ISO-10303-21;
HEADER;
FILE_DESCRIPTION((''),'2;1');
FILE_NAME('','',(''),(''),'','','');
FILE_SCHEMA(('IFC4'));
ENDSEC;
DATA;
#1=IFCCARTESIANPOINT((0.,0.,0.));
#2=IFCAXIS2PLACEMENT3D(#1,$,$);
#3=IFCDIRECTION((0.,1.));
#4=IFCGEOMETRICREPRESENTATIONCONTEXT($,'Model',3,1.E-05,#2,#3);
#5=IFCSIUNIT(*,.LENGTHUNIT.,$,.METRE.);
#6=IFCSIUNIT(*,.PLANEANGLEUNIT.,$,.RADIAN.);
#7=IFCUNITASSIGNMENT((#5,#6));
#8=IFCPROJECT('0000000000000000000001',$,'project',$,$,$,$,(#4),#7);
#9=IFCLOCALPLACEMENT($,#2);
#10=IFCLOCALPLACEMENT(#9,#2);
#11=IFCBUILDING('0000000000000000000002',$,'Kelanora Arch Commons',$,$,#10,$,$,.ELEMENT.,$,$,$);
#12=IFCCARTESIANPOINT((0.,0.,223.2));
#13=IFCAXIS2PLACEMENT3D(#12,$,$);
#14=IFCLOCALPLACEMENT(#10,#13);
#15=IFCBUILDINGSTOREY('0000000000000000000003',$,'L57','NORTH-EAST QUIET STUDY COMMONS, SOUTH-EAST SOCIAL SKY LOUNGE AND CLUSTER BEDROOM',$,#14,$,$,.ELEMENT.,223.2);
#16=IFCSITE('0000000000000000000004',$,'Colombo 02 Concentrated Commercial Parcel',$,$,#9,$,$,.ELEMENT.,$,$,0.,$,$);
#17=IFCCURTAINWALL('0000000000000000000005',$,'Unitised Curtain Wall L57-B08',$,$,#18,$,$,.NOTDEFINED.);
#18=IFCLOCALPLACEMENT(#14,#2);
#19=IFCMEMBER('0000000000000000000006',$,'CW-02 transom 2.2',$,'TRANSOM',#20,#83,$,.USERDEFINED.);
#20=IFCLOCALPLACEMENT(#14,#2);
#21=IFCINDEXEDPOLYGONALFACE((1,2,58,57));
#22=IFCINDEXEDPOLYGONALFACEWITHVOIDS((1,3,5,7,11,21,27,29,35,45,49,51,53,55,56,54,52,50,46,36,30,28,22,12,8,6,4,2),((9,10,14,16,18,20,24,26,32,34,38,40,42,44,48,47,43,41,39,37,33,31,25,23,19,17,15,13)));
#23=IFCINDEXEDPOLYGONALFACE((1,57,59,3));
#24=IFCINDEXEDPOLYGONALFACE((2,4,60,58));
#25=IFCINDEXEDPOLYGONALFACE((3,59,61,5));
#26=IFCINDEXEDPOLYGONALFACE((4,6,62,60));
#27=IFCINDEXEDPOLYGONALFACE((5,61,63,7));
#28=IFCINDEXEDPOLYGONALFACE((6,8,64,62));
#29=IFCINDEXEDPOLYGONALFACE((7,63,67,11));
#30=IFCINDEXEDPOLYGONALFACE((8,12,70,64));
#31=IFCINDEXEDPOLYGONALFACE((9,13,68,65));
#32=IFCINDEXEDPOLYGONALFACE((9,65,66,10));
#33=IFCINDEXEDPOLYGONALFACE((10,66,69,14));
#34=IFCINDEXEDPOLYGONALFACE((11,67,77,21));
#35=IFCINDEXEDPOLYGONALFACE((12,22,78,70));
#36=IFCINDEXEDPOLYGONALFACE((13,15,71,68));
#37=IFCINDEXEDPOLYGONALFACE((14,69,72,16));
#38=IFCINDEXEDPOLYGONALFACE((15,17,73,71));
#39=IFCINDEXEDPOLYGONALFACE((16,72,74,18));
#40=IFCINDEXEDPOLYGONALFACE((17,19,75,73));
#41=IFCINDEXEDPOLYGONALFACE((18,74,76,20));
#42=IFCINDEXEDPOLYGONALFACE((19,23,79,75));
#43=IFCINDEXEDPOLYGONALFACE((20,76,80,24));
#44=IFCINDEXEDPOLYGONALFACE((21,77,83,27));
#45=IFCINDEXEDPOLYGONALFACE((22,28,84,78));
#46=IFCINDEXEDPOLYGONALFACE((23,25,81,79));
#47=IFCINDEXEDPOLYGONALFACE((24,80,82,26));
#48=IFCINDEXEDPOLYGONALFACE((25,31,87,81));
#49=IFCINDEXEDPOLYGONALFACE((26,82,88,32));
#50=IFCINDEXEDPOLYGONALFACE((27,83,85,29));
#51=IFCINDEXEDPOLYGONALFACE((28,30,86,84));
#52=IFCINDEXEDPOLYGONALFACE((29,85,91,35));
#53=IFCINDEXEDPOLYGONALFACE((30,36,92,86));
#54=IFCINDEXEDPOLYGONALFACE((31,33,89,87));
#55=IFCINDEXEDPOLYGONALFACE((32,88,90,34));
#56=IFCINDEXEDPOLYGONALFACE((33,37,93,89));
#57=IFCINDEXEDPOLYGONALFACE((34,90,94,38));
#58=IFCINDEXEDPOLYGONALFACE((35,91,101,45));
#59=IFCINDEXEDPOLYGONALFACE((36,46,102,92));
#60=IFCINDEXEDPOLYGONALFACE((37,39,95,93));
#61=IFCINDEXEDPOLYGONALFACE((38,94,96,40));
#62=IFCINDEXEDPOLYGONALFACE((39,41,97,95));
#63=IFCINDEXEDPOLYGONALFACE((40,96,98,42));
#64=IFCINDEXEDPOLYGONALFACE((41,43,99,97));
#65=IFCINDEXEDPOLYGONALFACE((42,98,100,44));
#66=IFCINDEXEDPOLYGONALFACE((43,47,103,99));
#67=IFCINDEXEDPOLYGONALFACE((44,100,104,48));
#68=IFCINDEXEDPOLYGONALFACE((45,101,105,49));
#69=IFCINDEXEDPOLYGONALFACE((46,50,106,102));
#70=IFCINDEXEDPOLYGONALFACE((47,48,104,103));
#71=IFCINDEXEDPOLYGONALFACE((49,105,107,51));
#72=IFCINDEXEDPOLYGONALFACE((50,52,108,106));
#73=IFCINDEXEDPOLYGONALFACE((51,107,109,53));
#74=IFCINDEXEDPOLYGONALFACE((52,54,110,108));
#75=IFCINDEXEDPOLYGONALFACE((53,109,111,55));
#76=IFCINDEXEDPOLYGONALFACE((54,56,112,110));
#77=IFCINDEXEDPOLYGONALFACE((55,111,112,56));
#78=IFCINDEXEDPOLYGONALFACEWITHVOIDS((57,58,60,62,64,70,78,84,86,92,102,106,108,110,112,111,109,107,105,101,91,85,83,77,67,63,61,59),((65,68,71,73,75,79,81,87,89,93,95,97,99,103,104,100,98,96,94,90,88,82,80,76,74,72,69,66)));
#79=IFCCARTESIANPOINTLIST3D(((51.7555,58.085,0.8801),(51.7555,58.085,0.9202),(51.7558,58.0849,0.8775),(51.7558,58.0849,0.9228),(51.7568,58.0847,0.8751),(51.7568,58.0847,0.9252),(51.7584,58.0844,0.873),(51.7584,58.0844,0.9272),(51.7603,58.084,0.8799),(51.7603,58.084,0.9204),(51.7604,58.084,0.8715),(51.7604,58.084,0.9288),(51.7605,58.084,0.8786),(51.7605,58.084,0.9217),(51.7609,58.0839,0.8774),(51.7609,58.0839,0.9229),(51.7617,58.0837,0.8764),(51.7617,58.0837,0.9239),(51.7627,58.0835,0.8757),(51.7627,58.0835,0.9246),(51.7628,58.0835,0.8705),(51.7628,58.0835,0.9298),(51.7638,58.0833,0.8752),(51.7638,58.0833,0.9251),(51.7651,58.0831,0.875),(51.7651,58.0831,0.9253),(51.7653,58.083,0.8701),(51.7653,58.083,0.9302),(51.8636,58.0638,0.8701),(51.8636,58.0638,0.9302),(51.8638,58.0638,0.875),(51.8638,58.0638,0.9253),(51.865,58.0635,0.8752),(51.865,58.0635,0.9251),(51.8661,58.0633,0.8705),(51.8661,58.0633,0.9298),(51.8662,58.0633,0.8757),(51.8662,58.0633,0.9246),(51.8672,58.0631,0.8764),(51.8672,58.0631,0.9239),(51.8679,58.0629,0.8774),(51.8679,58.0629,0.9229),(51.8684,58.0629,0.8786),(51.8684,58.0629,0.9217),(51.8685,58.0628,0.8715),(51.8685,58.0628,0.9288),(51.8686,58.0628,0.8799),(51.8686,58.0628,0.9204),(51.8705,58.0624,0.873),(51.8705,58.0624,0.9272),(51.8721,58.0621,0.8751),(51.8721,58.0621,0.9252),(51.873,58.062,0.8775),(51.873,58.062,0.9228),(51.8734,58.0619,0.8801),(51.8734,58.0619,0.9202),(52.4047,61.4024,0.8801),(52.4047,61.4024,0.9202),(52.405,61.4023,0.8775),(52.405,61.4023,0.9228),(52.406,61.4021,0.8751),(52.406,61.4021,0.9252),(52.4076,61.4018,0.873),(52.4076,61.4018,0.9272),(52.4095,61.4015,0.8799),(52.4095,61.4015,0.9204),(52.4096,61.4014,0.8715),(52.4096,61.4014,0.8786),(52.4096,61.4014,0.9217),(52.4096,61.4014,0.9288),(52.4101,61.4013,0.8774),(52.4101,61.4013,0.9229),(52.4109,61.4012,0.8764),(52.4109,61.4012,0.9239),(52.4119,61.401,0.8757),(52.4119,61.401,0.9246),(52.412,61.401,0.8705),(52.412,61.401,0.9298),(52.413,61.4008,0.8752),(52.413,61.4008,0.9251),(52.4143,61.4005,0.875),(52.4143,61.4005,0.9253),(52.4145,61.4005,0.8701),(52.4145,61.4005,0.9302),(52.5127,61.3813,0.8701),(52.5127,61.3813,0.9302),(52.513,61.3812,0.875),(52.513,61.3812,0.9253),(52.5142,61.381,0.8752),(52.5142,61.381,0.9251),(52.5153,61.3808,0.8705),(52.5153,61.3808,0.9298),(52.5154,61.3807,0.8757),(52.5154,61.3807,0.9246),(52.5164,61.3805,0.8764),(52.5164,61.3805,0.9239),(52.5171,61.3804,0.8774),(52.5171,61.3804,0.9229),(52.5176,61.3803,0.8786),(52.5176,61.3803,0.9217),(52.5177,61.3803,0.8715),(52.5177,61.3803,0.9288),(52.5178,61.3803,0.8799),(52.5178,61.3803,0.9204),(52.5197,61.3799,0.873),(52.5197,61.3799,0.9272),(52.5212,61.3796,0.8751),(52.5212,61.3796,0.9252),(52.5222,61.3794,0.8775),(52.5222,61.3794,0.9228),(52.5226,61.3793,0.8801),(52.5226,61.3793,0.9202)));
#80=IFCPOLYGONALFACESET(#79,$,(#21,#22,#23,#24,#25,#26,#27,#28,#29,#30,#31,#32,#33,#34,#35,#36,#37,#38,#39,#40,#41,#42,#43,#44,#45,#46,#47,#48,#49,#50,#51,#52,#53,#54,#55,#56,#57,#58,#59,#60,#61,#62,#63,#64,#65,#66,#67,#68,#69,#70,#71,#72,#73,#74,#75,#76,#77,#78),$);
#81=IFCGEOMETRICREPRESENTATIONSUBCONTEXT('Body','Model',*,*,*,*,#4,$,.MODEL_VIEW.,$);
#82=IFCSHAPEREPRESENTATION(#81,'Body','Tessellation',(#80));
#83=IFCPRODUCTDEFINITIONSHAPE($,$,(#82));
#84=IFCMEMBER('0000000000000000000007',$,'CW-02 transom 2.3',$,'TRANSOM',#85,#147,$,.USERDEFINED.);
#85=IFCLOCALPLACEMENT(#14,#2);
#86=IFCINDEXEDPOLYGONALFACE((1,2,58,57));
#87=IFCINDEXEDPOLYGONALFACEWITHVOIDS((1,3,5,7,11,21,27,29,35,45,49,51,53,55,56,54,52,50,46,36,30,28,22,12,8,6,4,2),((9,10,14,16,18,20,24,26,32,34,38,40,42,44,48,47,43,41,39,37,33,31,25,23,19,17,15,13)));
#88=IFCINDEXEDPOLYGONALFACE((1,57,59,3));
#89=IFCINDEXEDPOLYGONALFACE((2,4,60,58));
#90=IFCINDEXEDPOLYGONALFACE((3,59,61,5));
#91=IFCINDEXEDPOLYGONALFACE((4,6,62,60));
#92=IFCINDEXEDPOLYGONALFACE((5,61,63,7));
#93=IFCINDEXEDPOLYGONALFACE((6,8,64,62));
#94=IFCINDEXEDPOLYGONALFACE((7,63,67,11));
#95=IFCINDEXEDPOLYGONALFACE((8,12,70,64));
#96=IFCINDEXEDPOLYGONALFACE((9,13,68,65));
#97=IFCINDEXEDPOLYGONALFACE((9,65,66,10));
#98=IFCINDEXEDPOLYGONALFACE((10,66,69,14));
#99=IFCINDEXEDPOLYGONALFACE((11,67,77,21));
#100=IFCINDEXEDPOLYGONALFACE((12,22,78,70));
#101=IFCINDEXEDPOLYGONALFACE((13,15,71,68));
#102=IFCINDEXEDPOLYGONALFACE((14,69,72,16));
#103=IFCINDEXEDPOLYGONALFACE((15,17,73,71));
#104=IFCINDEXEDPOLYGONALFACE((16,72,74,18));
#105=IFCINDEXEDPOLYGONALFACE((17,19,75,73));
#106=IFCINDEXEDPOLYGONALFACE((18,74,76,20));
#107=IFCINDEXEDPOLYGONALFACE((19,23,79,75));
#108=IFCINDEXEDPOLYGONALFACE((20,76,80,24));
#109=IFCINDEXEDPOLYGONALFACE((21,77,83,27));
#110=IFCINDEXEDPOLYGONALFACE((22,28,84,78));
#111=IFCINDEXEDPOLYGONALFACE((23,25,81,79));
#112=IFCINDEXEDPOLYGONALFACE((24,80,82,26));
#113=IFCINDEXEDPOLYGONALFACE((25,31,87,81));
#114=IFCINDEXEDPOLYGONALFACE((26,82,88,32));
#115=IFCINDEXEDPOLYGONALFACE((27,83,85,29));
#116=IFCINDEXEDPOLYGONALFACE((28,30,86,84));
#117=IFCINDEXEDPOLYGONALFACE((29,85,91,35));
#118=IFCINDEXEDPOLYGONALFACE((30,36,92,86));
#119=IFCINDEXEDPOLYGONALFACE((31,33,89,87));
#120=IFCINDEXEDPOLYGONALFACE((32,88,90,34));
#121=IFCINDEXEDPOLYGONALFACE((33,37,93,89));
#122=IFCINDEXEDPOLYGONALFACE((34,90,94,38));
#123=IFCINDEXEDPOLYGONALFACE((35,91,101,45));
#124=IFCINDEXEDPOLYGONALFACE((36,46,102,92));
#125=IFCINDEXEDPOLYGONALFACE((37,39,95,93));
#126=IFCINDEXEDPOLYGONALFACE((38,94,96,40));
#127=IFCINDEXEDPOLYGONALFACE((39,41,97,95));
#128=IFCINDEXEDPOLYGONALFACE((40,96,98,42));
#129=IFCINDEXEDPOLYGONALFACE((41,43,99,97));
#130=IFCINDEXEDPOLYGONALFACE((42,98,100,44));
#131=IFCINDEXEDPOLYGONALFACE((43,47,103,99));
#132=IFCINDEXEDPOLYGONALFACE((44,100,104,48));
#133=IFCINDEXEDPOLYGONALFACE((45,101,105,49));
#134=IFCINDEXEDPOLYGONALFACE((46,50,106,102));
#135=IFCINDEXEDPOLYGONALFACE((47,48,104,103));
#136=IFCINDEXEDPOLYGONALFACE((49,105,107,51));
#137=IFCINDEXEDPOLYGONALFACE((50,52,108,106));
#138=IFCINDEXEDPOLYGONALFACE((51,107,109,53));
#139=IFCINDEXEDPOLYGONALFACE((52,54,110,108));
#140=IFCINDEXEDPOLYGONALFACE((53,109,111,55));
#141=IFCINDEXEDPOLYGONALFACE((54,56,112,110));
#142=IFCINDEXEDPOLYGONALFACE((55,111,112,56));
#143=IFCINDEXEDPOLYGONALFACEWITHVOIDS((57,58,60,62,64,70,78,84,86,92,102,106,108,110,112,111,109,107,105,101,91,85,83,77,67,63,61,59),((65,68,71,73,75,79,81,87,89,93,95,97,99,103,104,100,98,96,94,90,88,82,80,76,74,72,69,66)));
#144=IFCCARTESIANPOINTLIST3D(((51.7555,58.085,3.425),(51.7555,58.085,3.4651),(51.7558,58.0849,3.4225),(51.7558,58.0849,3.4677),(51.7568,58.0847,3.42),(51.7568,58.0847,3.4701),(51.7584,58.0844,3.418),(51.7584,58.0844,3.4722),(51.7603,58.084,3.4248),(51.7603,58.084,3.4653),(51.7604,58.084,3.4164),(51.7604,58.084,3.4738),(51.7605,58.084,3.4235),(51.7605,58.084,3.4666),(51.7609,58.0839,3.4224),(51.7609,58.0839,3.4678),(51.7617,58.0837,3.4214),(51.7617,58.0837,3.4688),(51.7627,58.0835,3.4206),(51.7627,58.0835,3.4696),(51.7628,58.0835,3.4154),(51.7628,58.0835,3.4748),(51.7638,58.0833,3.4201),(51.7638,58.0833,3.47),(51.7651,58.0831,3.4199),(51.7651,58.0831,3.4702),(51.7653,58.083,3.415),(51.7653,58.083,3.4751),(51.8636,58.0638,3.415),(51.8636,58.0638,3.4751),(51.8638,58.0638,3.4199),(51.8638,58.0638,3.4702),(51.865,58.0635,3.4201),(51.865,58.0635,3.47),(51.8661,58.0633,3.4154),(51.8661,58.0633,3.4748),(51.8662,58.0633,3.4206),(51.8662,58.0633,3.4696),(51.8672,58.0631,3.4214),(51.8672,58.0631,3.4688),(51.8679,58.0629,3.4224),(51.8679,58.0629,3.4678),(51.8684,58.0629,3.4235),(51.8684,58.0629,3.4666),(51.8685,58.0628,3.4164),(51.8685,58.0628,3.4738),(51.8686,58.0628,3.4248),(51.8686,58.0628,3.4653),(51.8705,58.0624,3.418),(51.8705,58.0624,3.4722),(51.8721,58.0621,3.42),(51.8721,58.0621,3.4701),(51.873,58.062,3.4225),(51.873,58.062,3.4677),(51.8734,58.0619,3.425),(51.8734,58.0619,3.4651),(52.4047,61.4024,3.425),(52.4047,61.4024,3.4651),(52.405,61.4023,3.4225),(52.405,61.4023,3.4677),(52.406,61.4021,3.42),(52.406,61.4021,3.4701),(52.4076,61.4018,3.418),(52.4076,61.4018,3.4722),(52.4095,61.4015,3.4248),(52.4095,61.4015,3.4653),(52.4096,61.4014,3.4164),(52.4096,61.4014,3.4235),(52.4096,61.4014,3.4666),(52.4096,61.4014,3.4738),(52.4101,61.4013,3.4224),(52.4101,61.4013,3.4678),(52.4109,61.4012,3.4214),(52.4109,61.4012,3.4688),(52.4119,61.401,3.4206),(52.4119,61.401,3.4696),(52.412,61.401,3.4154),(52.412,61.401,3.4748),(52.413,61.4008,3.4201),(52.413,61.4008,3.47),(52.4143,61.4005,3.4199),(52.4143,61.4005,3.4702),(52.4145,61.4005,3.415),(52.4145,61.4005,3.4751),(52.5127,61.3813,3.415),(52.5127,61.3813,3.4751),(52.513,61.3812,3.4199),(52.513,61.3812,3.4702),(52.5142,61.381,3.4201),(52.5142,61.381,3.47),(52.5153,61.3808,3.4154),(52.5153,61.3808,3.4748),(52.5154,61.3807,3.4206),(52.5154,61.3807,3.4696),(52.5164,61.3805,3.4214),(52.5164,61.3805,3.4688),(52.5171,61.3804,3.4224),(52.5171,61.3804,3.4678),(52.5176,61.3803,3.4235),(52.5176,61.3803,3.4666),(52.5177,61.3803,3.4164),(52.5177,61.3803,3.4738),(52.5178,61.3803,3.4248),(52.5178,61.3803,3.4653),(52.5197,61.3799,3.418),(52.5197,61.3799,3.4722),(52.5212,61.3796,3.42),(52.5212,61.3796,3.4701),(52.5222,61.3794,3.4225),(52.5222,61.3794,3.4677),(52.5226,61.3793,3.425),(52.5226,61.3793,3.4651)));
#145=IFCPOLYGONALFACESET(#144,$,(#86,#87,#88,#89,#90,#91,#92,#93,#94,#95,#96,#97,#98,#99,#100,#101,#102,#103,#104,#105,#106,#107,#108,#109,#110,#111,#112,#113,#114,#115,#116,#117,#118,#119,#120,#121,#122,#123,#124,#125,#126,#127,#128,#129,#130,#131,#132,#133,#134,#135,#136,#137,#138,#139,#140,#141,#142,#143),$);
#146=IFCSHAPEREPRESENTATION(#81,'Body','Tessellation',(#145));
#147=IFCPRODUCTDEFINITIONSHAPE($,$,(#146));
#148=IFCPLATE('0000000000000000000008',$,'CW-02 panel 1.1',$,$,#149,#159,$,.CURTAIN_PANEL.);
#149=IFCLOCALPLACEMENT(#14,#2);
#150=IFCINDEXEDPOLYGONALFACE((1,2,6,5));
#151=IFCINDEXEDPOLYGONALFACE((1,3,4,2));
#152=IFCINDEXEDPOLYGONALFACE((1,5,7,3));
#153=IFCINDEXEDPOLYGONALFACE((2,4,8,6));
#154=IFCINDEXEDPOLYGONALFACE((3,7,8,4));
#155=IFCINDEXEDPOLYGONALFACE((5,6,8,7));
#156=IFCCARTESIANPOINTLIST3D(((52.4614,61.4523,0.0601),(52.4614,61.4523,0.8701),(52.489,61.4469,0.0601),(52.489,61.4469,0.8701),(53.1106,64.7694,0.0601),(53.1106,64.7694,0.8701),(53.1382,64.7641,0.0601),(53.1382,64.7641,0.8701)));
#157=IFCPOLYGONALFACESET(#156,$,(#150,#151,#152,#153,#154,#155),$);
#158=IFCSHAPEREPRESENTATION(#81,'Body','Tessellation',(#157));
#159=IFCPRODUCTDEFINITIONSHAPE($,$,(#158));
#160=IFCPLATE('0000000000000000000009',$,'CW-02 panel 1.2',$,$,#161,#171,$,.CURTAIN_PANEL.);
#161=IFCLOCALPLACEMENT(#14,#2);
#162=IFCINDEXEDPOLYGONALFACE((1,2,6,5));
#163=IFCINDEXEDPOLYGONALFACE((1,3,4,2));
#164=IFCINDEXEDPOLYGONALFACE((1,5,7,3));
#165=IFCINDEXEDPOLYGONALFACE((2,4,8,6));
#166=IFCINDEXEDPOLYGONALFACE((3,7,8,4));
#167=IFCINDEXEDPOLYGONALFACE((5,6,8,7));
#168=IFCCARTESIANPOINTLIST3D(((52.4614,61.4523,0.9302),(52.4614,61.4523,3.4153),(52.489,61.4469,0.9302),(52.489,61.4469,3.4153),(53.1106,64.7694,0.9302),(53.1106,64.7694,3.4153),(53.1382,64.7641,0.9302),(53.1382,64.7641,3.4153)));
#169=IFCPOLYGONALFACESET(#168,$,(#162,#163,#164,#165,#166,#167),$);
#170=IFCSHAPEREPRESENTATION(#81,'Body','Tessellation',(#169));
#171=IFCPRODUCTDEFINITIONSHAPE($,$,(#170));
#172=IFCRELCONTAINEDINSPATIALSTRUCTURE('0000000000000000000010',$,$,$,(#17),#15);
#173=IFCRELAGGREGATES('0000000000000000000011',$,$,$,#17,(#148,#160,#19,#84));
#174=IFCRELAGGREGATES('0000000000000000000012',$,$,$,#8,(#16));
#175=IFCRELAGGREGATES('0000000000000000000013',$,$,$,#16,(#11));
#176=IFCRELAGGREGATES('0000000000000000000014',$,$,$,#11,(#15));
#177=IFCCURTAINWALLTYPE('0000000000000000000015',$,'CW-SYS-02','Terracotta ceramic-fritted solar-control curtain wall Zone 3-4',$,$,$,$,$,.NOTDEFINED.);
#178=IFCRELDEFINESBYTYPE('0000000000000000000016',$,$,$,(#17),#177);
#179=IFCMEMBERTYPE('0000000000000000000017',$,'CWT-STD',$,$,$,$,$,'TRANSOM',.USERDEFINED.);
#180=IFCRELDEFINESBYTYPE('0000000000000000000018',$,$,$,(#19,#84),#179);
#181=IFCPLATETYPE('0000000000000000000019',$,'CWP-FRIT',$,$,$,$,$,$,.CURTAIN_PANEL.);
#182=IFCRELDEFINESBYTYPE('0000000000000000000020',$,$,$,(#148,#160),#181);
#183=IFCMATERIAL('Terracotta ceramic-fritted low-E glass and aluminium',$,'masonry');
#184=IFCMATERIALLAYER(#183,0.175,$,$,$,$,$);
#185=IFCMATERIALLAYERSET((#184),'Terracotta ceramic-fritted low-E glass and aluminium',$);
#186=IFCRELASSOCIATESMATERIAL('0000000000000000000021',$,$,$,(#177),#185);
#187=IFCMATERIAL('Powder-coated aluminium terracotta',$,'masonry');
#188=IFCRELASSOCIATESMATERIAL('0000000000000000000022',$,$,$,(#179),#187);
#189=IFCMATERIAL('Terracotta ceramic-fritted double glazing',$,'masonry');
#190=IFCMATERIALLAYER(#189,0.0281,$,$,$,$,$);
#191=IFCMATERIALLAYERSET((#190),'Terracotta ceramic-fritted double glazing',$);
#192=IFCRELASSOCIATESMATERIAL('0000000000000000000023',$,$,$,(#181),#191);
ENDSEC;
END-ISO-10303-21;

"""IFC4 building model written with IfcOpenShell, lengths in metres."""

from ifc_helpers import new_model, si_unit, direction, frame, origin, origin_2d, place, context, subcontext, project, spatial, rectangle, hollow_rectangle, extrude, source, transform, mapped, material, layer, layer_set, material_profile, profile_set, type_object, element, aggregate, save


model = new_model("IFC4")

# Units and contexts
model_context = context("Model", 3, precision=1e-05, world=origin(), true_north=direction((0.0, 1.0)))
body_context = subcontext(model_context, "Body", "Model", "MODEL_VIEW")
ifc_project = project(units=[si_unit("LENGTHUNIT", "METRE"), si_unit("PLANEANGLEUNIT", "RADIAN")], contexts=[model_context])

# Site, building, storey
site_placement = place(None, origin())
site = spatial("IfcSite", under=ifc_project, at=site_placement, Name="Colombo 02 Concentrated Commercial Parcel", CompositionType="ELEMENT", RefElevation=0.0)
building_placement = place(site_placement, origin())
building = spatial("IfcBuilding", under=site, at=building_placement, Name="Kelanora Arch Commons", CompositionType="ELEMENT")
storey_placement = place(building_placement, frame((0.0, 0.0, 223.2)))
storey = spatial("IfcBuildingStorey", under=building, at=storey_placement, Name="L57", Description="NORTH-EAST QUIET STUDY COMMONS, SOUTH-EAST SOCIAL SKY LOUNGE AND CLUSTER BEDROOM", CompositionType="ELEMENT", Elevation=223.2)

# Curtain wall, members, plates
ifc_material_1 = material(Name="Terracotta ceramic-fritted low-E glass and aluminium", Category="masonry")
ifc_layer_1 = layer(ifc_material_1, 0.175)
ifc_layer_set_1 = layer_set([ifc_layer_1], Name="Terracotta ceramic-fritted low-E glass and aluminium")
curtain_wall_type = type_object("IfcCurtainWallType", Name="CW-SYS-02", Description="Terracotta ceramic-fritted solar-control curtain wall Zone 3-4", PredefinedType="NOTDEFINED", material=ifc_layer_set_1)
curtain_wall_placement = place(storey_placement, origin())
curtain_wall = element("IfcCurtainWall", 1, at=curtain_wall_placement, inside=storey, type_object=curtain_wall_type, Name="Unitised Curtain Wall L57-B08", PredefinedType="NOTDEFINED")
ifc_material_2 = material(Name="Powder-coated aluminium terracotta", Category="masonry")
ifc_material_profile_1 = material_profile(ifc_material_2, hollow_rectangle(XDim=0.1201, YDim=0.0601, WallThickness=0.0049, InnerFilletRadius=0.0049, OuterFilletRadius=0.01, at=origin_2d()), Name="CWT120x60")
ifc_profile_set_1 = profile_set([ifc_material_profile_1], Name="Powder-coated aluminium terracotta")
member_type_1 = type_object("IfcMemberType", Name="CWT-STD", ElementType="TRANSOM", PredefinedType="USERDEFINED", material=ifc_profile_set_1)
member_1_placement = place(storey_placement, frame((52.4636, 61.3909, 0.9001), z_axis=(-0.192045, -0.981386, 0.0), x_axis=(0.981386, -0.192045, 0.0)))
member_1 = element("IfcMember", 2, at=member_1_placement, type_object=member_type_1, Name="CW-02 transom 2.2", ObjectType="TRANSOM", PredefinedType="USERDEFINED", context=body_context, shape_type="SweptSolid", body=[
    extrude(hollow_rectangle(XDim=0.1201, YDim=0.0601, WallThickness=0.0049, InnerFilletRadius=0.0049, OuterFilletRadius=0.01, at=origin_2d()), origin(), (0.0, 0.0, 1.0), 3.3804),
])
member_2_placement = place(storey_placement, frame((52.4636, 61.3909, 3.4451), z_axis=(-0.192045, -0.981386, 0.0), x_axis=(0.981386, -0.192045, 0.0)))
member_2 = element("IfcMember", 3, at=member_2_placement, type_object=member_type_1, Name="CW-02 transom 2.3", ObjectType="TRANSOM", PredefinedType="USERDEFINED", context=body_context, shape_type="SweptSolid", body=[
    extrude(hollow_rectangle(XDim=0.1201, YDim=0.0601, WallThickness=0.0049, InnerFilletRadius=0.0049, OuterFilletRadius=0.01, at=origin_2d()), origin(), (0.0, 0.0, 1.0), 3.3804),
])
ifc_material_3 = material(Name="Terracotta ceramic-fritted double glazing", Category="masonry")
ifc_layer_2 = layer(ifc_material_3, 0.0281)
ifc_layer_set_2 = layer_set([ifc_layer_2], Name="Terracotta ceramic-fritted double glazing")
plate_type = type_object("IfcPlateType", Name="CWP-FRIT", PredefinedType="CURTAIN_PANEL", material=ifc_layer_set_2)
shared_shape_1 = source(origin(), body_context, "Body", "SweptSolid", [
    extrude(rectangle(XDim=3.3801, YDim=0.0281, at=origin_2d()), origin(), (0.0, 0.0, 1.0), 0.8101),
])
plate_1_placement = place(storey_placement, frame((52.7998, 63.1082, 0.0601), z_axis=(0.0, 0.0, 1.0), x_axis=(-0.192069, -0.981381, 0.0)))
plate_1 = element("IfcPlate", 4, at=plate_1_placement, type_object=plate_type, Name="CW-02 panel 1.1", PredefinedType="CURTAIN_PANEL", context=body_context, shape_type="MappedRepresentation", body=[
    mapped(shared_shape_1, transform((0.0, 0.0, 0.0), scale=1.0)),
])
shared_shape_2 = source(origin(), body_context, "Body", "SweptSolid", [
    extrude(rectangle(XDim=3.3801, YDim=0.0281, at=origin_2d()), origin(), (0.0, 0.0, 1.0), 2.4851),
])
plate_2_placement = place(storey_placement, frame((52.7998, 63.1082, 0.9302), z_axis=(0.0, 0.0, 1.0), x_axis=(-0.192069, -0.981381, 0.0)))
plate_2 = element("IfcPlate", 5, at=plate_2_placement, type_object=plate_type, Name="CW-02 panel 1.2", PredefinedType="CURTAIN_PANEL", context=body_context, shape_type="MappedRepresentation", body=[
    mapped(shared_shape_2, transform((0.0, 0.0, 0.0), scale=1.0)),
])
aggregate(curtain_wall, [plate_1, plate_2, member_1, member_2])

save(model, "model.ifc")
